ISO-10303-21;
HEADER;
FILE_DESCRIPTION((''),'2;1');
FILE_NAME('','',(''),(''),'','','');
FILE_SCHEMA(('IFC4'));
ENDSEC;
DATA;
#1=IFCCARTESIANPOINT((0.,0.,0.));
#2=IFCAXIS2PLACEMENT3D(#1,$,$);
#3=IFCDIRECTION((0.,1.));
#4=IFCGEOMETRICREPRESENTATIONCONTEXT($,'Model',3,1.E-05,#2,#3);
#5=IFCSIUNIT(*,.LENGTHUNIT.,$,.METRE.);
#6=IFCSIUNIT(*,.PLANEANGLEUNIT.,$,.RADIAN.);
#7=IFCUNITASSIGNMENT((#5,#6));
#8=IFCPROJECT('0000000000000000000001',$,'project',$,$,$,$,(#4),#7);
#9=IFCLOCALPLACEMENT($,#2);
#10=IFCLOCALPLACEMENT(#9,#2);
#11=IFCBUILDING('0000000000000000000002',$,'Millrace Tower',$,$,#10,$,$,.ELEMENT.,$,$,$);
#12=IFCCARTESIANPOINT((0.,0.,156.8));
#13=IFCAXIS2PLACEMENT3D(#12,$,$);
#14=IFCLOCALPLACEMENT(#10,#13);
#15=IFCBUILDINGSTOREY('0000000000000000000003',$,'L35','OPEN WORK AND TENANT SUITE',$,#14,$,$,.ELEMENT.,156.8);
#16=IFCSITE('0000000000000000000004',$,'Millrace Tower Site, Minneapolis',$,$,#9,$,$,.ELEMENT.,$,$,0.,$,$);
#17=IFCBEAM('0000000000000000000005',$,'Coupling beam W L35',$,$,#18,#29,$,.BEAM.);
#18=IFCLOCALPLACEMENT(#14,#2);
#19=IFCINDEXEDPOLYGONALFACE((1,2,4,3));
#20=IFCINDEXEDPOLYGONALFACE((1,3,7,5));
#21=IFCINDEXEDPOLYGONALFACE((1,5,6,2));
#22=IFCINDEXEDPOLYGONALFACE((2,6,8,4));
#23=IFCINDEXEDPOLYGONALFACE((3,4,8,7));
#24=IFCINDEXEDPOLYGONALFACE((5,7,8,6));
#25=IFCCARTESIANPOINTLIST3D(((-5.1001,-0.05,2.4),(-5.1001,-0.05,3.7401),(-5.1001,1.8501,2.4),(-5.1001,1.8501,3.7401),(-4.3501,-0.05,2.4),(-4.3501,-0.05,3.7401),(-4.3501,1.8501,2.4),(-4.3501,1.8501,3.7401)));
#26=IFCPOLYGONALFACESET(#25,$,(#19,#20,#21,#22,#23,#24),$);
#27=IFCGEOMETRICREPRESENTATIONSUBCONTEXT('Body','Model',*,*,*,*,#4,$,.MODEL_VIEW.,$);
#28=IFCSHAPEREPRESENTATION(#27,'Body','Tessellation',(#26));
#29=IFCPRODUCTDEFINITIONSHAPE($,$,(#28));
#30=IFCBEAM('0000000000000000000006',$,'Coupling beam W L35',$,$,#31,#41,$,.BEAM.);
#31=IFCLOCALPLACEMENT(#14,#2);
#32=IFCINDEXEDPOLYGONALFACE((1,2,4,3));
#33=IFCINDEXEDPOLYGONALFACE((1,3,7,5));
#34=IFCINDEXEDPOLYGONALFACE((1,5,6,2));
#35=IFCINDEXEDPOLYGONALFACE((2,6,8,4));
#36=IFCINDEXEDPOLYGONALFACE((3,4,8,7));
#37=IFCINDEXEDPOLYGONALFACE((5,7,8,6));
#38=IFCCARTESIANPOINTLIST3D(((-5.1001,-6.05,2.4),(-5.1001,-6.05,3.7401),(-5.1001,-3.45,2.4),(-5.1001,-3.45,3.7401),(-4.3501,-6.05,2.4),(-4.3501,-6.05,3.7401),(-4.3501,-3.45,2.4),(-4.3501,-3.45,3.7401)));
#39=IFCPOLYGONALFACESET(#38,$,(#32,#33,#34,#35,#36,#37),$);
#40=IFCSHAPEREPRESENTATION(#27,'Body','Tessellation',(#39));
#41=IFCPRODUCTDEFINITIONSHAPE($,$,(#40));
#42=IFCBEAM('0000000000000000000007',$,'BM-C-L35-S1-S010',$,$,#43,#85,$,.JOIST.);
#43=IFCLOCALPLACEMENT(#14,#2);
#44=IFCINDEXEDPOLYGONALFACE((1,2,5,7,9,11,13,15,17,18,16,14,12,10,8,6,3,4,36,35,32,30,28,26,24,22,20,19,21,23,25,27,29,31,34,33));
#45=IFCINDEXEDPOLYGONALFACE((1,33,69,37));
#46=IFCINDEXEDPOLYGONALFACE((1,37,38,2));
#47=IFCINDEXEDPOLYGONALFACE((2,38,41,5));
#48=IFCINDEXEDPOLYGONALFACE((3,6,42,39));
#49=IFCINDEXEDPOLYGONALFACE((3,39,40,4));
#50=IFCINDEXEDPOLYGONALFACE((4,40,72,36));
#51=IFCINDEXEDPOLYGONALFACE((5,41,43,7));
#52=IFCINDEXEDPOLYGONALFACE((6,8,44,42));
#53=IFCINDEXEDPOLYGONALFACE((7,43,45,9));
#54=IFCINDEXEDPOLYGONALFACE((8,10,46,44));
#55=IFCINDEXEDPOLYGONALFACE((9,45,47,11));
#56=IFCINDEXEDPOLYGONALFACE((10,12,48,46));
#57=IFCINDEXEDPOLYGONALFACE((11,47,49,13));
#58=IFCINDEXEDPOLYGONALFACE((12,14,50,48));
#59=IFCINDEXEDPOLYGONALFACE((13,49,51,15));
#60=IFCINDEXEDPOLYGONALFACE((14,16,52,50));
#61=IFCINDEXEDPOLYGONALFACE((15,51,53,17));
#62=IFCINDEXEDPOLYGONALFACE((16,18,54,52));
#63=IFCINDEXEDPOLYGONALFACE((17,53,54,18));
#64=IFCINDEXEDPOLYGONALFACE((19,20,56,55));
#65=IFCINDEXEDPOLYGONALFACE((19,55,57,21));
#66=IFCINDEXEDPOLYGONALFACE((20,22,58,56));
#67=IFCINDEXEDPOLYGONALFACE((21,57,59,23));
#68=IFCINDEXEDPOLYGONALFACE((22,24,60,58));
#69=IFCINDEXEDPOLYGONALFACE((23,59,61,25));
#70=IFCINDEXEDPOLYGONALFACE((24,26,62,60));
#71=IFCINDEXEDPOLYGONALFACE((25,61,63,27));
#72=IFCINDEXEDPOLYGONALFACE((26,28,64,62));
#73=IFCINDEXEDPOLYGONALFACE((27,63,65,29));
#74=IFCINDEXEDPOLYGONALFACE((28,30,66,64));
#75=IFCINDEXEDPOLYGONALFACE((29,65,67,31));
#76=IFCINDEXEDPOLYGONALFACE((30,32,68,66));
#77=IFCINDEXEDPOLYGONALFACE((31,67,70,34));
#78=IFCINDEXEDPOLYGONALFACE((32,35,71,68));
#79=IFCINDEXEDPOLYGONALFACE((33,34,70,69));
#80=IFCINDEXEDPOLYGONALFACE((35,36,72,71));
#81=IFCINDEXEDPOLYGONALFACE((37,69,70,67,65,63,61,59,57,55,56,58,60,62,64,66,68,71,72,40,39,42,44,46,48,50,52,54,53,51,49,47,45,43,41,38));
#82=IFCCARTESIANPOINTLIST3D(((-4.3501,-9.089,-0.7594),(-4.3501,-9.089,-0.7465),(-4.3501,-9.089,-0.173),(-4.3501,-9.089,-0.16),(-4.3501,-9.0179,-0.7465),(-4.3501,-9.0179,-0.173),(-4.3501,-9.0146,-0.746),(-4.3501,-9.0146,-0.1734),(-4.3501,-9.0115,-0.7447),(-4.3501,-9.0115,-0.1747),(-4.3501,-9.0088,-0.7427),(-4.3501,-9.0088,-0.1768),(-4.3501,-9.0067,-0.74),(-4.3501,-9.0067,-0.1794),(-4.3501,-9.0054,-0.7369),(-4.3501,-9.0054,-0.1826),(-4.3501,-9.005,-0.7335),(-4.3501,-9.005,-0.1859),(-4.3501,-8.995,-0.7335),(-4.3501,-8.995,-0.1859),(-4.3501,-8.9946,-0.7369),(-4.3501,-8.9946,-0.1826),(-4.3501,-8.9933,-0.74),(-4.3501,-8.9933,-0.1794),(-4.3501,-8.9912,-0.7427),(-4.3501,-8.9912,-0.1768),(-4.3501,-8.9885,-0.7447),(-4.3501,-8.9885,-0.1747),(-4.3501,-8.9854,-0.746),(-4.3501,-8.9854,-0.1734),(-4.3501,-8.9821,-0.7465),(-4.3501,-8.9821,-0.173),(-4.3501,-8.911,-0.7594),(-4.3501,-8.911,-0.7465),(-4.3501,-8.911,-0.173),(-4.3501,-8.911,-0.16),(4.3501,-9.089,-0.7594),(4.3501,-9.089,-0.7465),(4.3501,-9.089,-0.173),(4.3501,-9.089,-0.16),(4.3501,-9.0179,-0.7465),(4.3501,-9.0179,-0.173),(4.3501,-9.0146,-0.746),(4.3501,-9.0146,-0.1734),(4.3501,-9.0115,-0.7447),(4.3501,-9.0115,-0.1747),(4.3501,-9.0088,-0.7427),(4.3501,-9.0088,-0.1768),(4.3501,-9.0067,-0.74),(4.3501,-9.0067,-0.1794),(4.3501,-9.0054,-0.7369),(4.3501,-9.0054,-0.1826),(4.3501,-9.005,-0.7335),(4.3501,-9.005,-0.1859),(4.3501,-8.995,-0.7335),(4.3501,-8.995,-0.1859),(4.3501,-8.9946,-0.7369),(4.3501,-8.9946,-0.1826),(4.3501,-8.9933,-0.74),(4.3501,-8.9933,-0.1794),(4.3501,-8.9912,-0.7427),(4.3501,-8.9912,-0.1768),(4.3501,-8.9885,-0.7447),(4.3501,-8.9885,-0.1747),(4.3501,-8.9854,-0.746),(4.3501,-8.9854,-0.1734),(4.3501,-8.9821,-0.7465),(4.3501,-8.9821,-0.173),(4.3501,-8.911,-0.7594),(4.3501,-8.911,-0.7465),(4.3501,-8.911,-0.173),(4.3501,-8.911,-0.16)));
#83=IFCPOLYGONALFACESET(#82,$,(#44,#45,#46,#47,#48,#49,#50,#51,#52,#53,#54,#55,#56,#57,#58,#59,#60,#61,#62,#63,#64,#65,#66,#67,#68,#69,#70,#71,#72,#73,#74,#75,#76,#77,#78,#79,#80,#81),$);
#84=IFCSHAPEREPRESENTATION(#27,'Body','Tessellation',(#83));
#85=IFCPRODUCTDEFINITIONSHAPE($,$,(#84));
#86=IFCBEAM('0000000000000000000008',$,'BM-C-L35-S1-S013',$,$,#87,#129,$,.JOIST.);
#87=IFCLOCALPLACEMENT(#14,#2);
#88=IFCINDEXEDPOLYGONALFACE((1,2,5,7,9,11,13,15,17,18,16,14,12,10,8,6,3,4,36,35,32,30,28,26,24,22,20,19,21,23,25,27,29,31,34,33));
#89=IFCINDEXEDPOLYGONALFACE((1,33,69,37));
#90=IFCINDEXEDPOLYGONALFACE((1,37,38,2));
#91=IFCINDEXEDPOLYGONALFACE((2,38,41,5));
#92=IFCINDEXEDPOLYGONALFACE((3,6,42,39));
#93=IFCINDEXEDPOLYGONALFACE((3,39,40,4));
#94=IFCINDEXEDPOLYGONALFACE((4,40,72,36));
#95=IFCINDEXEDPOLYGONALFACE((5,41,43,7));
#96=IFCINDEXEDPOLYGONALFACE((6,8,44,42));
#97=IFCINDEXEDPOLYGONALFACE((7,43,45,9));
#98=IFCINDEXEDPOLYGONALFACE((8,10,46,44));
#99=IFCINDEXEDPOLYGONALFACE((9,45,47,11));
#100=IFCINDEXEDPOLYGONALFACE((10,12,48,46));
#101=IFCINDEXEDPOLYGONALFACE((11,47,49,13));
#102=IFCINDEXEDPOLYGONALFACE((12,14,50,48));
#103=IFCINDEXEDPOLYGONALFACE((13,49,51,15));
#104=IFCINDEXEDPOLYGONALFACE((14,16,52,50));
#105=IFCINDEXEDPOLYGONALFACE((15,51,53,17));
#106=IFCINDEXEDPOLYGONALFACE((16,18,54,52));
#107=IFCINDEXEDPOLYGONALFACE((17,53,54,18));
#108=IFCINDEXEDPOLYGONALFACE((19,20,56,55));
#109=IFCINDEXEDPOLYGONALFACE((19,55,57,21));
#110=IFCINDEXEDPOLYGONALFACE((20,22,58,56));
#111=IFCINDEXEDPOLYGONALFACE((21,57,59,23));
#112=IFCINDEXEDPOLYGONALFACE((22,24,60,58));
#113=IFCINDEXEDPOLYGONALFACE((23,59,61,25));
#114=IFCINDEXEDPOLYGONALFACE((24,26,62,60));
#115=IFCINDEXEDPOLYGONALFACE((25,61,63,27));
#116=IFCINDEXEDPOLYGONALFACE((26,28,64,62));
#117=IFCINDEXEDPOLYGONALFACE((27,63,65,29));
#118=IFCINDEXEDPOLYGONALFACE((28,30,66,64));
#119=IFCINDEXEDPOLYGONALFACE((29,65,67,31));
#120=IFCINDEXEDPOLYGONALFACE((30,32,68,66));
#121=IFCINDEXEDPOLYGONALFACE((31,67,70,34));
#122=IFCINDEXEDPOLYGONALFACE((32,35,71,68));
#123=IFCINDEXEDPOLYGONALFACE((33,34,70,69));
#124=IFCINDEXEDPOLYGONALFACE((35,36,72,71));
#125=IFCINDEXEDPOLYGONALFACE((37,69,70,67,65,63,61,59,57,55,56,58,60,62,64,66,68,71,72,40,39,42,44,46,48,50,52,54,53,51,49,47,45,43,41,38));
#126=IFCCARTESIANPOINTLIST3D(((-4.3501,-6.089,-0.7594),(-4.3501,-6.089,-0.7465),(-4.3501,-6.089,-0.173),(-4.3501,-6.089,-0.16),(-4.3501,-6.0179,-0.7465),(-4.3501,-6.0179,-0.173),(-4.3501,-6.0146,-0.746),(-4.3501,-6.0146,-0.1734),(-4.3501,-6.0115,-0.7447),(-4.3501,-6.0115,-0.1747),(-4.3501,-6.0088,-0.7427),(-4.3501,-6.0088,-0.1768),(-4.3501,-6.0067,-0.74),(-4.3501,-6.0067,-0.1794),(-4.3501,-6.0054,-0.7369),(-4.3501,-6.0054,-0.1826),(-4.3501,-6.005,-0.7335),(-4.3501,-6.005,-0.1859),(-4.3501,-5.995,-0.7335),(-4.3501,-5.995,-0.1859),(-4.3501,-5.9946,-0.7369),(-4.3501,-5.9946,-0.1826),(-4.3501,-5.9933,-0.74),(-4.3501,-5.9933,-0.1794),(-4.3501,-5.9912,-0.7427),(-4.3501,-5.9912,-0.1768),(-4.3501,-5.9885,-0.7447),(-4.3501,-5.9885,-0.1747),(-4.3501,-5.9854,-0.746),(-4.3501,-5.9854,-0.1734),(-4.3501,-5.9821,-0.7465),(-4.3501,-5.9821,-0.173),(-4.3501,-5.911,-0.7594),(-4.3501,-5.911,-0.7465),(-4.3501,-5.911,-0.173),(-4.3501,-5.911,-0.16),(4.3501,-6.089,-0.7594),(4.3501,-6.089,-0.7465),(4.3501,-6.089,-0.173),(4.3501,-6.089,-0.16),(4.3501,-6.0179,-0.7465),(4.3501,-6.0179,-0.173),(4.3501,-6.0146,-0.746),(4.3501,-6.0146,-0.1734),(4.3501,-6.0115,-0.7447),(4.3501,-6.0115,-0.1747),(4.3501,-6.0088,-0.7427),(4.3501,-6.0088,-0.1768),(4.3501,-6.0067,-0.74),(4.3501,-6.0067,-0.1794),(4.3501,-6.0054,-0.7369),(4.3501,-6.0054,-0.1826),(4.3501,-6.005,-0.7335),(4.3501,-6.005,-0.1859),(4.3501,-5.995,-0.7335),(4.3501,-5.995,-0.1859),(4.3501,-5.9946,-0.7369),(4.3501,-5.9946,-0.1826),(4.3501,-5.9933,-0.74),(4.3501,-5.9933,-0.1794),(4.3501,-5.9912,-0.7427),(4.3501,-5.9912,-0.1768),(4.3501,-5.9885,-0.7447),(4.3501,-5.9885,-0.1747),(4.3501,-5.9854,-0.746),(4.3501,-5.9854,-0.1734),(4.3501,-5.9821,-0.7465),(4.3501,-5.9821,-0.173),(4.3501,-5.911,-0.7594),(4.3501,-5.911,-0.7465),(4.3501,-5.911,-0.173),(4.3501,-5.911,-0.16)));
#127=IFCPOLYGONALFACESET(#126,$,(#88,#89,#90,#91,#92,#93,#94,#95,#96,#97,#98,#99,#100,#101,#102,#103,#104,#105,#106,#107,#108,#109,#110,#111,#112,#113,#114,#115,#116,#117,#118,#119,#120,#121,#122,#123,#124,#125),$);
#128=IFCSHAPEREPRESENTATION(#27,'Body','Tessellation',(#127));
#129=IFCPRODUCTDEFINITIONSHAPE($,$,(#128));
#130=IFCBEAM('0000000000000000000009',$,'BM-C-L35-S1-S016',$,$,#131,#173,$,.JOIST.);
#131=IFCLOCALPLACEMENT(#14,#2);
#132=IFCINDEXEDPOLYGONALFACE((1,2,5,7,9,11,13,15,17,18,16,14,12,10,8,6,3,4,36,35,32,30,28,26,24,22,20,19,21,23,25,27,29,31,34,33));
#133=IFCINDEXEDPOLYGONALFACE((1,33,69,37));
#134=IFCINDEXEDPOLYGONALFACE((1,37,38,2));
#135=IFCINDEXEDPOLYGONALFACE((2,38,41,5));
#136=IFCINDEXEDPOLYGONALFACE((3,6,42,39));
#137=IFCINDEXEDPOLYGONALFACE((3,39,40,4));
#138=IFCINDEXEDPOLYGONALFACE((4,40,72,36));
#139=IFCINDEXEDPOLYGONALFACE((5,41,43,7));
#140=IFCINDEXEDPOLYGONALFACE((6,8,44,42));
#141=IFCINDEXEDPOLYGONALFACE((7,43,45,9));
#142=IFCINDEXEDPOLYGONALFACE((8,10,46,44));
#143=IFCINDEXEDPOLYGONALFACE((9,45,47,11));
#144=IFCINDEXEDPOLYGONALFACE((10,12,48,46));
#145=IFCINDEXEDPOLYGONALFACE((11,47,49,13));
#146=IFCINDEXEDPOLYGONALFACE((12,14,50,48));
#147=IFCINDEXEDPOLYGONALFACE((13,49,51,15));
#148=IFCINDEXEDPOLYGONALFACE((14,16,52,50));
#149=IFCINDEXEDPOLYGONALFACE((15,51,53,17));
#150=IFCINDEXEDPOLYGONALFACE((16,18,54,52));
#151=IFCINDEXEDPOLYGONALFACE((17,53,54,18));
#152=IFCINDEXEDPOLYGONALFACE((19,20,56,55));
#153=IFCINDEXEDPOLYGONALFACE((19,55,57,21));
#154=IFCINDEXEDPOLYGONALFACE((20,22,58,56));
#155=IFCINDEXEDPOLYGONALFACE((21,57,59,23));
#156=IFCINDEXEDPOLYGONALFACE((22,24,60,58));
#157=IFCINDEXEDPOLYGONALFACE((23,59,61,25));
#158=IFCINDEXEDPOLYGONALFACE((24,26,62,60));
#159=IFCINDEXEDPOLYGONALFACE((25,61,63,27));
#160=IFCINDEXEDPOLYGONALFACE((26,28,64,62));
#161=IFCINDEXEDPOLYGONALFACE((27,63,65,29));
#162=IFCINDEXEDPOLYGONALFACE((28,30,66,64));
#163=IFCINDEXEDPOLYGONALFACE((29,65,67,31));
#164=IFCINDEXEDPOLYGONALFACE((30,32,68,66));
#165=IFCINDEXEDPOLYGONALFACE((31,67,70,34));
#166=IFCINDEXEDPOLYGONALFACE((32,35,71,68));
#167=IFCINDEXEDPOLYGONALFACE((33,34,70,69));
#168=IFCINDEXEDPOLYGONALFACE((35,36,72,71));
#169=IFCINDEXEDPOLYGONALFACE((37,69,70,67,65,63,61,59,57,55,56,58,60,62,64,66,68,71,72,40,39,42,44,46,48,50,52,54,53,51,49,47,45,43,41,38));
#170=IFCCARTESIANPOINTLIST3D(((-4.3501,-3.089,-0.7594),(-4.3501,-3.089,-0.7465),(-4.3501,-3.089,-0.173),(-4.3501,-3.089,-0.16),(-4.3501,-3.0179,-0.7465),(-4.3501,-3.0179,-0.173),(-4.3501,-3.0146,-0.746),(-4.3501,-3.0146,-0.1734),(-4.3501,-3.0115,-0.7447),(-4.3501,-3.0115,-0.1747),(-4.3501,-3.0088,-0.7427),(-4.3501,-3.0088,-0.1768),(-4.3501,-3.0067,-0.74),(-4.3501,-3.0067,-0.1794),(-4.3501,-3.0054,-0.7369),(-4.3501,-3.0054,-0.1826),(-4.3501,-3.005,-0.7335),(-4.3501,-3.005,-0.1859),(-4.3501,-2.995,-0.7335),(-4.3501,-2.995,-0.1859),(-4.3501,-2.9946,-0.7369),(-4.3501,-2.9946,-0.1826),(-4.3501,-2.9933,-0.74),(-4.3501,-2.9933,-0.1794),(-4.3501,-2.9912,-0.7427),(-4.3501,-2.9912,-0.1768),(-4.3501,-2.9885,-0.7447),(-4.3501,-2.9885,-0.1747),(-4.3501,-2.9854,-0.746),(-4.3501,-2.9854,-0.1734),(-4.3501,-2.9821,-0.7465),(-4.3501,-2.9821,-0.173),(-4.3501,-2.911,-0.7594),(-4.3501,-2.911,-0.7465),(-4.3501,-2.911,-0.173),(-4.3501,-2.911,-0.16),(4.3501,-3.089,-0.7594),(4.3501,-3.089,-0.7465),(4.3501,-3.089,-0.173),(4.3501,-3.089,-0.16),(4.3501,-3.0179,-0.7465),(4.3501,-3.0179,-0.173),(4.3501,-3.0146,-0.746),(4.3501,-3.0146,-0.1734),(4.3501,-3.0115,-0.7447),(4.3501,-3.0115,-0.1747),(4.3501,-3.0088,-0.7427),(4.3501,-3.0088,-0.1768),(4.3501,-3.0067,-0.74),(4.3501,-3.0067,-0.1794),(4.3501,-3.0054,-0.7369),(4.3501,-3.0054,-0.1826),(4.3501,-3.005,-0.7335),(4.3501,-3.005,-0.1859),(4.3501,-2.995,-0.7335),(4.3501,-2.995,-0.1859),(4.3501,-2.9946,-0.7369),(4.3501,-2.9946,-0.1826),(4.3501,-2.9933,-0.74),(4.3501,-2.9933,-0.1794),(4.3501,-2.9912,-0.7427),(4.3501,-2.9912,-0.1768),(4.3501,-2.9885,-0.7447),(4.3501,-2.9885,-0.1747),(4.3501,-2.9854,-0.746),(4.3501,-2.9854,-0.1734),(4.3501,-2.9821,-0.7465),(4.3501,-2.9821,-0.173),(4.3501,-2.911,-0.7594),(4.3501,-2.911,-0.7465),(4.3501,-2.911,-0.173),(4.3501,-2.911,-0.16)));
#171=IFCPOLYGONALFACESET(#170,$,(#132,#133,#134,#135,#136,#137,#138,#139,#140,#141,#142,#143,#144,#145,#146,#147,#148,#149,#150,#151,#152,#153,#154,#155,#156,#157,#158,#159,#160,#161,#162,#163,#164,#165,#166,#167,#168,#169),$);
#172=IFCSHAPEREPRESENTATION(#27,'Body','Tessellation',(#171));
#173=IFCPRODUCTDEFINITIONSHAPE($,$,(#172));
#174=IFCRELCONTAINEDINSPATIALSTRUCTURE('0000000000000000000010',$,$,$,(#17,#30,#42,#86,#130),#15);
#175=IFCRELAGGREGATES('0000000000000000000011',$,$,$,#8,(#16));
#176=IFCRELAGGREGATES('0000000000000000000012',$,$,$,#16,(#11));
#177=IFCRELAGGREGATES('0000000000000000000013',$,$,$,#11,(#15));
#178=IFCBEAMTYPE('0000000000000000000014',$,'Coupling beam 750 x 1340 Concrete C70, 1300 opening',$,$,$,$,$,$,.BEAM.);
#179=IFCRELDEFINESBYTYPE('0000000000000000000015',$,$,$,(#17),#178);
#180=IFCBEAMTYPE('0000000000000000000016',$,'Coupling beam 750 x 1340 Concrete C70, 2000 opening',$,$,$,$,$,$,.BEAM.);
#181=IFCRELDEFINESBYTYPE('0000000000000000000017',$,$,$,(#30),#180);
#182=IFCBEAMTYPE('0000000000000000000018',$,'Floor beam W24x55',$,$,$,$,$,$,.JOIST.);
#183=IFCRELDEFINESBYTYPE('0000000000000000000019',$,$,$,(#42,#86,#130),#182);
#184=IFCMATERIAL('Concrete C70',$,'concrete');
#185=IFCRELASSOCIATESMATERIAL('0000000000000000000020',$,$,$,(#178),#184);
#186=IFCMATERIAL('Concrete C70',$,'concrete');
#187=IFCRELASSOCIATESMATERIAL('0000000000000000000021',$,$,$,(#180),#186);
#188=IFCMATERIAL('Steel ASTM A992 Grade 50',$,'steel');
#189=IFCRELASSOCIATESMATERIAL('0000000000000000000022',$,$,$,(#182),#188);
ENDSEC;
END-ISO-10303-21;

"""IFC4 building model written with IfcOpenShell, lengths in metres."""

from ifc_helpers import new_model, si_unit, direction, frame, origin, origin_2d, place, context, subcontext, project, spatial, rectangle, i_section, extrude, material, material_profile, profile_set, type_object, element, save


model = new_model("IFC4")

# Units and contexts
model_context = context("Model", 3, precision=1e-05, world=origin(), true_north=direction((0.0, 1.0)))
body_context = subcontext(model_context, "Body", "Model", "MODEL_VIEW")
ifc_project = project(units=[si_unit("LENGTHUNIT", "METRE"), si_unit("PLANEANGLEUNIT", "RADIAN")], contexts=[model_context])

# Site, building, storey
site_placement = place(None, origin())
site = spatial("IfcSite", under=ifc_project, at=site_placement, Name="Millrace Tower Site, Minneapolis", CompositionType="ELEMENT", RefElevation=0.0)
building_placement = place(site_placement, origin())
building = spatial("IfcBuilding", under=site, at=building_placement, Name="Millrace Tower", CompositionType="ELEMENT")
storey_placement = place(building_placement, frame((0.0, 0.0, 156.8)))
storey = spatial("IfcBuildingStorey", under=building, at=storey_placement, Name="L35", Description="OPEN WORK AND TENANT SUITE", CompositionType="ELEMENT", Elevation=156.8)

# Beams
ifc_material_1 = material(Name="Concrete C70", Category="concrete")
ifc_material_profile_1 = material_profile(ifc_material_1, rectangle(XDim=0.75, YDim=1.3401, at=origin_2d()))
ifc_profile_set_1 = profile_set([ifc_material_profile_1], Name="Concrete C70")
beam_type_1 = type_object("IfcBeamType", Name="Coupling beam 750 x 1340 Concrete C70, 1300 opening", PredefinedType="BEAM", material=ifc_profile_set_1)
beam_1_placement = place(storey_placement, frame((-4.7251, -0.05, 3.0701), z_axis=(0.0, 1.0, 0.0), x_axis=(-1.0, 0.0, 0.0)))
element("IfcBeam", 1, at=beam_1_placement, inside=storey, type_object=beam_type_1, Name="Coupling beam W L35", PredefinedType="BEAM", context=body_context, shape_type="SweptSolid", body=[
    extrude(rectangle(XDim=0.75, YDim=1.3401, at=origin_2d()), origin(), (0.0, 0.0, 1.0), 1.9001),
])
ifc_material_2 = material(Name="Concrete C70", Category="concrete")
ifc_material_profile_2 = material_profile(ifc_material_2, rectangle(XDim=0.75, YDim=1.3401, at=origin_2d()))
ifc_profile_set_2 = profile_set([ifc_material_profile_2], Name="Concrete C70")
beam_type_2 = type_object("IfcBeamType", Name="Coupling beam 750 x 1340 Concrete C70, 2000 opening", PredefinedType="BEAM", material=ifc_profile_set_2)
beam_2_placement = place(storey_placement, frame((-4.7251, -6.05, 3.0701), z_axis=(0.0, 1.0, 0.0), x_axis=(-1.0, 0.0, 0.0)))
element("IfcBeam", 2, at=beam_2_placement, inside=storey, type_object=beam_type_2, Name="Coupling beam W L35", PredefinedType="BEAM", context=body_context, shape_type="SweptSolid", body=[
    extrude(rectangle(XDim=0.75, YDim=1.3401, at=origin_2d()), origin(), (0.0, 0.0, 1.0), 2.6001),
])
ifc_material_3 = material(Name="Steel ASTM A992 Grade 50", Category="steel")
ifc_material_profile_3 = material_profile(ifc_material_3, i_section(OverallWidth=0.178, OverallDepth=0.5994, WebThickness=0.01, FlangeThickness=0.0129, FilletRadius=0.0129, at=origin_2d()))
ifc_profile_set_3 = profile_set([ifc_material_profile_3], Name="Steel ASTM A992 Grade 50")
beam_type_3 = type_object("IfcBeamType", Name="Floor beam W24x55", PredefinedType="JOIST", material=ifc_profile_set_3)
for number, where, z_axis, x_axis, name in (
    (3, (-4.3501, -9.0, -0.4597), (1.0, 0.0, 0.0), (0.0, 1.0, 0.0), "BM-C-L35-S1-S010"),
    (4, (-4.3501, -6.0, -0.4597), (1.0, 0.0, 0.0), (0.0, 1.0, 0.0), "BM-C-L35-S1-S013"),
    (5, (-4.3501, -3.0, -0.4597), (1.0, 0.0, 0.0), (0.0, 1.0, 0.0), "BM-C-L35-S1-S016"),
):
    element("IfcBeam", number, at=place(storey_placement, frame(where, z_axis=z_axis, x_axis=x_axis)), inside=storey, type_object=beam_type_3, Name=name, PredefinedType="JOIST", context=body_context, shape_type="SweptSolid", body=[
        extrude(i_section(OverallWidth=0.178, OverallDepth=0.5994, WebThickness=0.01, FlangeThickness=0.0129, FilletRadius=0.0129, at=origin_2d()), origin(), (0.0, 0.0, 1.0), 8.7002),
    ])

save(model, "model.ifc")
